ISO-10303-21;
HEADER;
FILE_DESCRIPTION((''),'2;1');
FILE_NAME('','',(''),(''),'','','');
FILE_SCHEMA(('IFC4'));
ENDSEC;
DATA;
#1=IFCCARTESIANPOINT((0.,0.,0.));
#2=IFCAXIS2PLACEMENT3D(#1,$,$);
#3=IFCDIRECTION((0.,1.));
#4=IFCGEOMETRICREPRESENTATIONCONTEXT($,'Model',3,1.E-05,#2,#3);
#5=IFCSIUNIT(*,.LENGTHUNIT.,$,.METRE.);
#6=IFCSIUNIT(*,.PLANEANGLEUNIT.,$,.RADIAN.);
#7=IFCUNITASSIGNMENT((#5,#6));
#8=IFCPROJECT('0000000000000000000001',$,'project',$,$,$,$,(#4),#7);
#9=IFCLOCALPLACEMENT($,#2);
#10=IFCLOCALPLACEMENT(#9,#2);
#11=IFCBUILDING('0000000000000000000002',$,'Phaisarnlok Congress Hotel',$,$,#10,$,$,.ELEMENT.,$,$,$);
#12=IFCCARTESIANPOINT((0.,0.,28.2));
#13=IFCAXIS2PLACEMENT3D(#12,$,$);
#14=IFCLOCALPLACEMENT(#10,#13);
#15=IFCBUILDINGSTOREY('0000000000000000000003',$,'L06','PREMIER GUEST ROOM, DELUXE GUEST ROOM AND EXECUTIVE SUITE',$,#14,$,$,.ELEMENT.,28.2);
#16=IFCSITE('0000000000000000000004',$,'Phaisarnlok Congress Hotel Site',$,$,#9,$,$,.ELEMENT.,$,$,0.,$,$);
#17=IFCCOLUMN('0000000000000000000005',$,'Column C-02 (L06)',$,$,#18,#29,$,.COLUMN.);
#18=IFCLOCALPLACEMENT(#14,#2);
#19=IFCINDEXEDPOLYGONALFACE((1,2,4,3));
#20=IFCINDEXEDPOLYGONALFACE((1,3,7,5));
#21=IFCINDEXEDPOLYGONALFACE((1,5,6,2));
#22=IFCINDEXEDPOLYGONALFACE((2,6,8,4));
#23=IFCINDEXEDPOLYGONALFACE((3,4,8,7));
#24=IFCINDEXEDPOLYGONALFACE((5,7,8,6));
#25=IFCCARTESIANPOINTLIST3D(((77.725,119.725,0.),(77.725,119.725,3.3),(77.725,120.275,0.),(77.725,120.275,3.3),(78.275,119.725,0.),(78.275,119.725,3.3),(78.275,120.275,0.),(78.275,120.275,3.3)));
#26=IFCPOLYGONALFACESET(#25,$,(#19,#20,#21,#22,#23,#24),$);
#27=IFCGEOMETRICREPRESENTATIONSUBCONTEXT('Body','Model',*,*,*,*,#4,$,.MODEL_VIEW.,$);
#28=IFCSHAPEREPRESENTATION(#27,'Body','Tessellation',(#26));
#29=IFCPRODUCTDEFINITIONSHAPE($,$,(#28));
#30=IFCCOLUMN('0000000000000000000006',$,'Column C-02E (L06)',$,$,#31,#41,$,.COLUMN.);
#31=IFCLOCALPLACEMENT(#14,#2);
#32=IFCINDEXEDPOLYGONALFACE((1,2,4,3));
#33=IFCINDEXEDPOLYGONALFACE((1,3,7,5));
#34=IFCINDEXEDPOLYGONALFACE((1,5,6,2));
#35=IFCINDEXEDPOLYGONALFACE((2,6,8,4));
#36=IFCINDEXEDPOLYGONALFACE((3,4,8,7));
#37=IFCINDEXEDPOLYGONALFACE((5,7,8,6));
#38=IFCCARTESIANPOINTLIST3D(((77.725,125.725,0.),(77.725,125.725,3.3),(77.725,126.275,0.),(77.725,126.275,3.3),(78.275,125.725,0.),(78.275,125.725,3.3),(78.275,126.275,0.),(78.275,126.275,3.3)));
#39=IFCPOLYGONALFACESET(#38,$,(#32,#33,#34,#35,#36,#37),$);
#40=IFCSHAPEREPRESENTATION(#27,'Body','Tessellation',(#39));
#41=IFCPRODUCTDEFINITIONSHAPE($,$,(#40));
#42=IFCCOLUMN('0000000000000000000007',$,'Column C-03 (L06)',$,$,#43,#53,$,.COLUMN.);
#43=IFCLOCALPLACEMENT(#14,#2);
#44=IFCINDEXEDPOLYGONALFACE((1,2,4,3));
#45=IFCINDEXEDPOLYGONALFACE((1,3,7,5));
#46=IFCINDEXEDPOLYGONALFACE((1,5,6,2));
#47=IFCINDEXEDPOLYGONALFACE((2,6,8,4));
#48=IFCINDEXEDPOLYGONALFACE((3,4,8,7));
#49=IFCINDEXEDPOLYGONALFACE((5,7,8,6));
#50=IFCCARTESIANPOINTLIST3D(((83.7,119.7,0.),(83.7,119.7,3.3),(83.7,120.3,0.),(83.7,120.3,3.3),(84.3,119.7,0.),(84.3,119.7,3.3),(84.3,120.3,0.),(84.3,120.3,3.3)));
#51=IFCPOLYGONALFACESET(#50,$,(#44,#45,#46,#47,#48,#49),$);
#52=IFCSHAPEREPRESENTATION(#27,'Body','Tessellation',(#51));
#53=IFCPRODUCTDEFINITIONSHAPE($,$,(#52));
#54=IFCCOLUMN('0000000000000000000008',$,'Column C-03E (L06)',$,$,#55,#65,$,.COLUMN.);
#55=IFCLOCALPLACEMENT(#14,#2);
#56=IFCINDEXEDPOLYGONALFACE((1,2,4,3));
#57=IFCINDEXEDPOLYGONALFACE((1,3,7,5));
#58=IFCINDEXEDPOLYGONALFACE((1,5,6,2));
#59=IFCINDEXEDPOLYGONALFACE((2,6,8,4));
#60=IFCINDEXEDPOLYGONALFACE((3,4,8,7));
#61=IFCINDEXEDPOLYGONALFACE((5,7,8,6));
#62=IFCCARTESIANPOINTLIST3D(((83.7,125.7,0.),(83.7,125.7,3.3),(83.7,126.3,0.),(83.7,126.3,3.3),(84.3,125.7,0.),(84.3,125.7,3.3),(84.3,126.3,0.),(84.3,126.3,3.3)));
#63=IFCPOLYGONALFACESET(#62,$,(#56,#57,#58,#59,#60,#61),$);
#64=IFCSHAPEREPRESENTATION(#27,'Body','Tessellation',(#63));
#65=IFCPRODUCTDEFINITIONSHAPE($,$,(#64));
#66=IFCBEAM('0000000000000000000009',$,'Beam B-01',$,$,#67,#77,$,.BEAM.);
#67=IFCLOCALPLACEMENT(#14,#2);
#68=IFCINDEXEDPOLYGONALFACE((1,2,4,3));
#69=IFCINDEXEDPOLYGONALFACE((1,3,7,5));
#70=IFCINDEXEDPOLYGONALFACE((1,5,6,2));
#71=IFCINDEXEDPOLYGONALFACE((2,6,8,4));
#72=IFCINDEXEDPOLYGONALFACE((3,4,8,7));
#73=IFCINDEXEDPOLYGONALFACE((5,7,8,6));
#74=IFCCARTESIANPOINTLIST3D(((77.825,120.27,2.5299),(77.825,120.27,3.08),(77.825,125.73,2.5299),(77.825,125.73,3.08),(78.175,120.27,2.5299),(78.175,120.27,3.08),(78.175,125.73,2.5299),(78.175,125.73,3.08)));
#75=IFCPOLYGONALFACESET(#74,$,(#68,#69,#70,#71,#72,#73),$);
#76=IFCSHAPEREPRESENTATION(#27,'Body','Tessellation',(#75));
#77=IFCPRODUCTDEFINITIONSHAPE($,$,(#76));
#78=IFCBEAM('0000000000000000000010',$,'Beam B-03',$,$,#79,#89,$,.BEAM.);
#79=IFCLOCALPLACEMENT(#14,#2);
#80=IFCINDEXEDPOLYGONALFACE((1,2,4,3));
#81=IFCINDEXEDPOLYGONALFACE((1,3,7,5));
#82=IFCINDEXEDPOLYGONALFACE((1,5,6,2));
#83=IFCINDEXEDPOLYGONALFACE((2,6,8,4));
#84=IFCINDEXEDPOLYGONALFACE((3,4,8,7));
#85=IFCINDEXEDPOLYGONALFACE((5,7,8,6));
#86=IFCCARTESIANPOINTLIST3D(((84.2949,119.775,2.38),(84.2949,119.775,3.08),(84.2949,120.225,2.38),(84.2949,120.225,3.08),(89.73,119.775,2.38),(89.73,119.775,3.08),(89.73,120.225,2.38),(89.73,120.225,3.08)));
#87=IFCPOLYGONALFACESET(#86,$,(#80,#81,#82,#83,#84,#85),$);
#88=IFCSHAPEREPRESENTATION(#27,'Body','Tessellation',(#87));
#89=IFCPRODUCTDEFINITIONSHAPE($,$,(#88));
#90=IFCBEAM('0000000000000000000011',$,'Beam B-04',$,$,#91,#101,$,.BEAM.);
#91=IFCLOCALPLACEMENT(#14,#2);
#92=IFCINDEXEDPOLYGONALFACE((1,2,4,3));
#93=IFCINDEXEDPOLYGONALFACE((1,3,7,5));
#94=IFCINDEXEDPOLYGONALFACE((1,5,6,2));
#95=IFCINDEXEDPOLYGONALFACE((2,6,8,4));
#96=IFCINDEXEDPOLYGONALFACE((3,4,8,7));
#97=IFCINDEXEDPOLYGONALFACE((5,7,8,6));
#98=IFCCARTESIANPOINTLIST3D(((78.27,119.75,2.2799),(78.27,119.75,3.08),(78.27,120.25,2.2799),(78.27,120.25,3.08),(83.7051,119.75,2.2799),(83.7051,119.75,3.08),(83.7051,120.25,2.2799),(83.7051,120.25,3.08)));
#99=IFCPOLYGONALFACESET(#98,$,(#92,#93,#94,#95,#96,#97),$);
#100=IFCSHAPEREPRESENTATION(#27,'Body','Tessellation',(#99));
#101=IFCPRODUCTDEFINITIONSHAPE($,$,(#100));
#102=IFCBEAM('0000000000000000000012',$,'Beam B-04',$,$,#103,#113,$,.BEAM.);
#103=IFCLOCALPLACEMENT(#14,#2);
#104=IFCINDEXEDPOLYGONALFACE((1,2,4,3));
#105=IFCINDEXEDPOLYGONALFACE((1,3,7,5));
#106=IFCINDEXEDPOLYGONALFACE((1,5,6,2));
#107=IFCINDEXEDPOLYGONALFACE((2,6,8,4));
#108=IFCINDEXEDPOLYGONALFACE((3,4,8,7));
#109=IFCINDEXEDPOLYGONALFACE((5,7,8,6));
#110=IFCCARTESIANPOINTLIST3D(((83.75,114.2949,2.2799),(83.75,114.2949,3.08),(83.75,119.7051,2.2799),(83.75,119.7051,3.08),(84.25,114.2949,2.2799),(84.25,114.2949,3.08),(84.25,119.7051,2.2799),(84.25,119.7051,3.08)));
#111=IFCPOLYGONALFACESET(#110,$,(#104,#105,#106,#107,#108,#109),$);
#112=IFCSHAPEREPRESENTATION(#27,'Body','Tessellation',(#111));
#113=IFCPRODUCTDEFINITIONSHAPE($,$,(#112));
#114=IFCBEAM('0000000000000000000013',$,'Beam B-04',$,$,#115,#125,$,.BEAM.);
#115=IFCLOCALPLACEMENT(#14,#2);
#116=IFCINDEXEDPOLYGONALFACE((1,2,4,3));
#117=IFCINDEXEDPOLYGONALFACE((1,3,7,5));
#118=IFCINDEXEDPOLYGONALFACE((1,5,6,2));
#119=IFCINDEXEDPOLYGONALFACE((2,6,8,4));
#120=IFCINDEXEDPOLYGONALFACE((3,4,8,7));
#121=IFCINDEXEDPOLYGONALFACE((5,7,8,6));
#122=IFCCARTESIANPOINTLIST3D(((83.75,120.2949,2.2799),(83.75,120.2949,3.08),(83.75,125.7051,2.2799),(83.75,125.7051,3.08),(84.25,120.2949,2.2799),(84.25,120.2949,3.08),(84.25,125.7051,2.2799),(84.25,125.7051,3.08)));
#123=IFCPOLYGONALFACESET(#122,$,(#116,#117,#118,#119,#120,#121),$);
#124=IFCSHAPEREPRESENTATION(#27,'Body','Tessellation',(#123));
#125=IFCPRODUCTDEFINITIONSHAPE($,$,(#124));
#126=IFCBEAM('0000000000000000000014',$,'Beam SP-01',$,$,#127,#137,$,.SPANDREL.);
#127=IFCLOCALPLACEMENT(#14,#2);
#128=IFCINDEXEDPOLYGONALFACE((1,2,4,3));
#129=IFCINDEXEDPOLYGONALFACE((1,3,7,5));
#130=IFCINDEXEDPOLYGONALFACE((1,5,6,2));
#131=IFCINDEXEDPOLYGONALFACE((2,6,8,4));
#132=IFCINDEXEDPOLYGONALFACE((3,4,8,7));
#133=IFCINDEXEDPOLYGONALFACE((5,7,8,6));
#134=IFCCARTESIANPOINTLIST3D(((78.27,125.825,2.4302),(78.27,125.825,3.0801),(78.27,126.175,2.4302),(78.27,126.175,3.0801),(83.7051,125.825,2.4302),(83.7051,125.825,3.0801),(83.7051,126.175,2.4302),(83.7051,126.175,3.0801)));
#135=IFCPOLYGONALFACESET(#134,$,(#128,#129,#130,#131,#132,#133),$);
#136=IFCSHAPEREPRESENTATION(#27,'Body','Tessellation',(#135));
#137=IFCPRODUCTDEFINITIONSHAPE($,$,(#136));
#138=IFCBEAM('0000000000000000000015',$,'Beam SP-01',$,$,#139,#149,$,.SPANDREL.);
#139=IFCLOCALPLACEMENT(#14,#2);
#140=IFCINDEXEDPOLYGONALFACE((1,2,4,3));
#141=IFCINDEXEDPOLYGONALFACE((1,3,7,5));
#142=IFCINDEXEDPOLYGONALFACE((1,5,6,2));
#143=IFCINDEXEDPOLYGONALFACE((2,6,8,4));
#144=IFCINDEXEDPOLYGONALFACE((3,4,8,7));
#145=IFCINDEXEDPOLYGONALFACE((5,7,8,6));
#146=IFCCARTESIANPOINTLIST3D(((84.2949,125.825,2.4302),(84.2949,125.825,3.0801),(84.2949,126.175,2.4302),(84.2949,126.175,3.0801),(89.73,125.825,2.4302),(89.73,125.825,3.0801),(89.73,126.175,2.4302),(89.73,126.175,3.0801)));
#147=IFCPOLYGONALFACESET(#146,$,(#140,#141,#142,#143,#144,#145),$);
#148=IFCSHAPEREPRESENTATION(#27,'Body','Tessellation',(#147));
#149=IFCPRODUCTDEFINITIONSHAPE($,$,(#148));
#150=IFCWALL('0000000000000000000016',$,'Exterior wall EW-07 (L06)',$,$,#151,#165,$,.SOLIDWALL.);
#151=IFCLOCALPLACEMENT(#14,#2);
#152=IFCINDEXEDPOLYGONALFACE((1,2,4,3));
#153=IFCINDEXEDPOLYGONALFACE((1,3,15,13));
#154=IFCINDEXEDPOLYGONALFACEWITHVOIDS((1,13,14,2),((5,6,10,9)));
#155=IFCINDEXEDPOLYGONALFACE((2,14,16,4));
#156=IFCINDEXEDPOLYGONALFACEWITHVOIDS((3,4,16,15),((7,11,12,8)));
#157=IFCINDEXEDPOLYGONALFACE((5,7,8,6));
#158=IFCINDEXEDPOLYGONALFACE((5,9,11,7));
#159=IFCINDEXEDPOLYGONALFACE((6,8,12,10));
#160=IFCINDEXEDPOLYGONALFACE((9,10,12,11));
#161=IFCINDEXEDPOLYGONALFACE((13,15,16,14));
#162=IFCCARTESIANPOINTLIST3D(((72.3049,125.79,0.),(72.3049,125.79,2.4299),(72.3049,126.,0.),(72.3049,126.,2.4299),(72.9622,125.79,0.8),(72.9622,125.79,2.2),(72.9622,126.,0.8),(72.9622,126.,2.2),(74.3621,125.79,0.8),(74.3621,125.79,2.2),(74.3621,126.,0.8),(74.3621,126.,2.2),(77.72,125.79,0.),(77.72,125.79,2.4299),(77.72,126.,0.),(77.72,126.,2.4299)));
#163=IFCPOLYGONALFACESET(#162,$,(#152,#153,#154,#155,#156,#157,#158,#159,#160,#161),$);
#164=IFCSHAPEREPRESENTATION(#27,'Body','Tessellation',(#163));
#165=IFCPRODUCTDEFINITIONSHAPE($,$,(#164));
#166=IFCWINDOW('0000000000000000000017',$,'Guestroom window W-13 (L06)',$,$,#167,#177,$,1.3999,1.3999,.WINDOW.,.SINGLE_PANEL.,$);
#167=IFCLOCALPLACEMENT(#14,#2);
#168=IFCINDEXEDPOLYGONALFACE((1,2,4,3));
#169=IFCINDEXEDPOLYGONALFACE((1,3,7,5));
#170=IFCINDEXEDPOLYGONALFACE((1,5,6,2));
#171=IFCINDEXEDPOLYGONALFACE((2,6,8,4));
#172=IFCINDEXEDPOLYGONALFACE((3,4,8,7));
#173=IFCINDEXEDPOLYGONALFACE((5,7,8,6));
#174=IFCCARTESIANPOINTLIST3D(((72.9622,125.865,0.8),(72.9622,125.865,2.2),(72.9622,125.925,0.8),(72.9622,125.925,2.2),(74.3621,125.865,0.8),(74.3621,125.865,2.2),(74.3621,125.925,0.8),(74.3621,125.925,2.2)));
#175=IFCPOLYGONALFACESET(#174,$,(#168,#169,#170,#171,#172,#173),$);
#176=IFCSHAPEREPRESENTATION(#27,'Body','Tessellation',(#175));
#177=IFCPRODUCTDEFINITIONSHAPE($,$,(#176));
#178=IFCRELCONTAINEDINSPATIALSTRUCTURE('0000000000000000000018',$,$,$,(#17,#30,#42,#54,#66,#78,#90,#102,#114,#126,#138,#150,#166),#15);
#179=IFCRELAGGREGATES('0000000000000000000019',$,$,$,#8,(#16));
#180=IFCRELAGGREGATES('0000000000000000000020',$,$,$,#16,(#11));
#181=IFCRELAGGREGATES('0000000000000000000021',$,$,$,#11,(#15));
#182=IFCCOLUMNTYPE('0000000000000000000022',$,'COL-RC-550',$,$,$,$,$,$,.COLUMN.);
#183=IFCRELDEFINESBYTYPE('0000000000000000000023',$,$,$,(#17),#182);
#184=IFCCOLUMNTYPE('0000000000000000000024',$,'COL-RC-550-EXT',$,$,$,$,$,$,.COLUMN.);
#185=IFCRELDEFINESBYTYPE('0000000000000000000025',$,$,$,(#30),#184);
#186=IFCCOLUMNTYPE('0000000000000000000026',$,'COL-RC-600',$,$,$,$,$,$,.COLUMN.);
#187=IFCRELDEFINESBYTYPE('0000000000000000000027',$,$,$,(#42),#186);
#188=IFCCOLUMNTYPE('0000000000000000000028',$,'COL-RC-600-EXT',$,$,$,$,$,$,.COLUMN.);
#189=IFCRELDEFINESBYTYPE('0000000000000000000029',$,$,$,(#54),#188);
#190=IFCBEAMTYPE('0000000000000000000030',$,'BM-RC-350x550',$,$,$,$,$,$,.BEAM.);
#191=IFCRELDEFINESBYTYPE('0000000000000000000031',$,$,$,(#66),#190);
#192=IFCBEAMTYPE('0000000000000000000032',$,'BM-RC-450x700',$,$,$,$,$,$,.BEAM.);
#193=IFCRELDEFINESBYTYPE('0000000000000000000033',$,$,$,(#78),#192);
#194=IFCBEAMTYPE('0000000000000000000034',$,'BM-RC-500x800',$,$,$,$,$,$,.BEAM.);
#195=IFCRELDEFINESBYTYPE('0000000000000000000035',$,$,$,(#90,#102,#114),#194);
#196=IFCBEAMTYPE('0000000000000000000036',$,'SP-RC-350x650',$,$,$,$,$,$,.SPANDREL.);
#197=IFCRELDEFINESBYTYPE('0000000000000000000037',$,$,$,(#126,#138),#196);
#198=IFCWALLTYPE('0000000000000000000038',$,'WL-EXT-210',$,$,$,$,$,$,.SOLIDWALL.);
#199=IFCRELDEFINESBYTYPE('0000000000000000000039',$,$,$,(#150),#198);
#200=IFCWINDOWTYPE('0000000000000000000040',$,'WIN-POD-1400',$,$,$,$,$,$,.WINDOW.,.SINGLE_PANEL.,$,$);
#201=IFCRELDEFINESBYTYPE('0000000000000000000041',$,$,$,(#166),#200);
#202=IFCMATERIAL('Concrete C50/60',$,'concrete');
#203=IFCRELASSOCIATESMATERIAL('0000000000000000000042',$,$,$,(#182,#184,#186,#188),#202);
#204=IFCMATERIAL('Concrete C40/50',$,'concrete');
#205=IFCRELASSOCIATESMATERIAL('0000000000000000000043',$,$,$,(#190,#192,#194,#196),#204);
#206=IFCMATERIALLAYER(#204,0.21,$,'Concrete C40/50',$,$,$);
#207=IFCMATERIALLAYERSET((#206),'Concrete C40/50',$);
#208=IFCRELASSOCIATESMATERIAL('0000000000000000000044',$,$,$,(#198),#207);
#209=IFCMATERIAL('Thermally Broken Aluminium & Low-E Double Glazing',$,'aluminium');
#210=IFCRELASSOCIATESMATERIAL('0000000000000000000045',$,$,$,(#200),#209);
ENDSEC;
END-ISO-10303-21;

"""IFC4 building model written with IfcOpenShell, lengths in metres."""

from ifc_helpers import new_model, si_unit, direction, frame, frame_2d, origin, origin_2d, place, context, subcontext, project, spatial, rectangle, extrude, material, layer, layer_set, material_profile, profile_set, type_object, element, fill, save


model = new_model("IFC4")

# Units and contexts
model_context = context("Model", 3, precision=1e-05, world=origin(), true_north=direction((0.0, 1.0)))
body_context = subcontext(model_context, "Body", "Model", "MODEL_VIEW")
ifc_project = project(units=[si_unit("LENGTHUNIT", "METRE"), si_unit("PLANEANGLEUNIT", "RADIAN")], contexts=[model_context])

# Site, building, storey
site_placement = place(None, origin())
site = spatial("IfcSite", under=ifc_project, at=site_placement, Name="Phaisarnlok Congress Hotel Site", CompositionType="ELEMENT", RefElevation=0.0)
building_placement = place(site_placement, origin())
building = spatial("IfcBuilding", under=site, at=building_placement, Name="Phaisarnlok Congress Hotel", CompositionType="ELEMENT")
storey_placement = place(building_placement, frame((0.0, 0.0, 28.2)))
storey = spatial("IfcBuildingStorey", under=building, at=storey_placement, Name="L06", Description="PREMIER GUEST ROOM, DELUXE GUEST ROOM AND EXECUTIVE SUITE", CompositionType="ELEMENT", Elevation=28.2)

# Columns
ifc_material_1 = material(Name="Concrete C50/60", Category="concrete")
ifc_material_profile_1 = material_profile(ifc_material_1, rectangle(XDim=0.55, YDim=0.55, at=origin_2d()), Name="RC 550x550")
ifc_profile_set_1 = profile_set([ifc_material_profile_1], Name="Concrete C50/60")
column_type_1 = type_object("IfcColumnType", Name="COL-RC-550", PredefinedType="COLUMN", material=ifc_profile_set_1)
column_1_placement = place(storey_placement, frame((78.0, 120.0, 0.0), z_axis=(0.0, 0.0, 1.0), x_axis=(1.0, 0.0, 0.0)))
element("IfcColumn", 1, at=column_1_placement, inside=storey, type_object=column_type_1, Name="Column C-02 (L06)", PredefinedType="COLUMN", context=body_context, shape_type="SweptSolid", body=[
    extrude(rectangle(XDim=0.55, YDim=0.55, at=origin_2d()), origin(), (0.0, 0.0, 1.0), 3.3),
])
ifc_material_profile_2 = material_profile(ifc_material_1, rectangle(XDim=0.55, YDim=0.55, at=origin_2d()), Name="RC 550x550")
ifc_profile_set_2 = profile_set([ifc_material_profile_2], Name="Concrete C50/60")
column_type_2 = type_object("IfcColumnType", Name="COL-RC-550-EXT", PredefinedType="COLUMN", material=ifc_profile_set_2)
column_2_placement = place(storey_placement, frame((78.0, 126.0, 0.0), z_axis=(0.0, 0.0, 1.0), x_axis=(1.0, 0.0, 0.0)))
element("IfcColumn", 2, at=column_2_placement, inside=storey, type_object=column_type_2, Name="Column C-02E (L06)", PredefinedType="COLUMN", context=body_context, shape_type="SweptSolid", body=[
    extrude(rectangle(XDim=0.55, YDim=0.55, at=origin_2d()), origin(), (0.0, 0.0, 1.0), 3.3),
])
ifc_material_profile_3 = material_profile(ifc_material_1, rectangle(XDim=0.6001, YDim=0.6001, at=origin_2d()), Name="RC 600x600")
ifc_profile_set_3 = profile_set([ifc_material_profile_3], Name="Concrete C50/60")
column_type_3 = type_object("IfcColumnType", Name="COL-RC-600", PredefinedType="COLUMN", material=ifc_profile_set_3)
column_3_placement = place(storey_placement, frame((84.0, 120.0, 0.0), z_axis=(0.0, 0.0, 1.0), x_axis=(1.0, 0.0, 0.0)))
element("IfcColumn", 3, at=column_3_placement, inside=storey, type_object=column_type_3, Name="Column C-03 (L06)", PredefinedType="COLUMN", context=body_context, shape_type="SweptSolid", body=[
    extrude(rectangle(XDim=0.6001, YDim=0.6001, at=origin_2d()), origin(), (0.0, 0.0, 1.0), 3.3),
])
ifc_material_profile_4 = material_profile(ifc_material_1, rectangle(XDim=0.6001, YDim=0.6001, at=origin_2d()), Name="RC 600x600")
ifc_profile_set_4 = profile_set([ifc_material_profile_4], Name="Concrete C50/60")
column_type_4 = type_object("IfcColumnType", Name="COL-RC-600-EXT", PredefinedType="COLUMN", material=ifc_profile_set_4)
column_4_placement = place(storey_placement, frame((84.0, 126.0, 0.0), z_axis=(0.0, 0.0, 1.0), x_axis=(1.0, 0.0, 0.0)))
element("IfcColumn", 4, at=column_4_placement, inside=storey, type_object=column_type_4, Name="Column C-03E (L06)", PredefinedType="COLUMN", context=body_context, shape_type="SweptSolid", body=[
    extrude(rectangle(XDim=0.6001, YDim=0.6001, at=origin_2d()), origin(), (0.0, 0.0, 1.0), 3.3),
])

# Beams
ifc_material_2 = material(Name="Concrete C40/50", Category="concrete")
ifc_material_profile_5 = material_profile(ifc_material_2, rectangle(XDim=0.3501, YDim=0.55, at=origin_2d()), Name="RC 350x550")
ifc_profile_set_5 = profile_set([ifc_material_profile_5], Name="Concrete C40/50")
beam_type_1 = type_object("IfcBeamType", Name="BM-RC-350x550", PredefinedType="BEAM", material=ifc_profile_set_5)
beam_1_placement = place(storey_placement, frame((78.0, 120.27, 2.8049), z_axis=(0.0, 1.0, 0.0), x_axis=(-1.0, 0.0, 0.0)))
element("IfcBeam", 5, at=beam_1_placement, inside=storey, type_object=beam_type_1, Name="Beam B-01", PredefinedType="BEAM", context=body_context, shape_type="SweptSolid", body=[
    extrude(rectangle(XDim=0.3501, YDim=0.55, at=origin_2d()), origin(), (0.0, 0.0, 1.0), 5.46),
])
ifc_material_profile_6 = material_profile(ifc_material_2, rectangle(XDim=0.45, YDim=0.7, at=origin_2d()), Name="RC 450x700")
ifc_profile_set_6 = profile_set([ifc_material_profile_6], Name="Concrete C40/50")
beam_type_2 = type_object("IfcBeamType", Name="BM-RC-450x700", PredefinedType="BEAM", material=ifc_profile_set_6)
beam_2_placement = place(storey_placement, frame((84.2949, 120.0, 2.73), z_axis=(1.0, 0.0, 0.0), x_axis=(0.0, 1.0, 0.0)))
element("IfcBeam", 6, at=beam_2_placement, inside=storey, type_object=beam_type_2, Name="Beam B-03", PredefinedType="BEAM", context=body_context, shape_type="SweptSolid", body=[
    extrude(rectangle(XDim=0.45, YDim=0.7, at=origin_2d()), origin(), (0.0, 0.0, 1.0), 5.4351),
])
ifc_material_profile_7 = material_profile(ifc_material_2, rectangle(XDim=0.5, YDim=0.8, at=origin_2d()), Name="RC 500x800")
ifc_profile_set_7 = profile_set([ifc_material_profile_7], Name="Concrete C40/50")
beam_type_3 = type_object("IfcBeamType", Name="BM-RC-500x800", PredefinedType="BEAM", material=ifc_profile_set_7)
beam_3_placement = place(storey_placement, frame((78.27, 120.0, 2.6799), z_axis=(1.0, 0.0, 0.0), x_axis=(0.0, 1.0, 0.0)))
element("IfcBeam", 7, at=beam_3_placement, inside=storey, type_object=beam_type_3, Name="Beam B-04", PredefinedType="BEAM", context=body_context, shape_type="SweptSolid", body=[
    extrude(rectangle(XDim=0.5, YDim=0.8, at=origin_2d()), origin(), (0.0, 0.0, 1.0), 5.4351),
])
for number, where, z_axis, x_axis, name in (
    (8, (84.0, 114.2949, 2.6799), (0.0, 1.0, 0.0), (-1.0, 0.0, 0.0), "Beam B-04"),
    (9, (84.0, 120.2949, 2.6799), (0.0, 1.0, 0.0), (-1.0, 0.0, 0.0), "Beam B-04"),
):
    element("IfcBeam", number, at=place(storey_placement, frame(where, z_axis=z_axis, x_axis=x_axis)), inside=storey, type_object=beam_type_3, Name=name, PredefinedType="BEAM", context=body_context, shape_type="SweptSolid", body=[
        extrude(rectangle(XDim=0.5, YDim=0.8, at=origin_2d()), origin(), (0.0, 0.0, 1.0), 5.4102),
    ])
ifc_material_profile_8 = material_profile(ifc_material_2, rectangle(XDim=0.3501, YDim=0.6499, at=origin_2d()), Name="RC 350x650")
ifc_profile_set_8 = profile_set([ifc_material_profile_8], Name="Concrete C40/50")
beam_type_4 = type_object("IfcBeamType", Name="SP-RC-350x650", PredefinedType="SPANDREL", material=ifc_profile_set_8)
for number, where, z_axis, x_axis, name in (
    (10, (78.27, 126.0, 2.7551), (1.0, 0.0, 0.0), (0.0, 1.0, 0.0), "Beam SP-01"),
    (11, (84.2949, 126.0, 2.7551), (1.0, 0.0, 0.0), (0.0, 1.0, 0.0), "Beam SP-01"),
):
    element("IfcBeam", number, at=place(storey_placement, frame(where, z_axis=z_axis, x_axis=x_axis)), inside=storey, type_object=beam_type_4, Name=name, PredefinedType="SPANDREL", context=body_context, shape_type="SweptSolid", body=[
        extrude(rectangle(XDim=0.3501, YDim=0.6499, at=origin_2d()), origin(), (0.0, 0.0, 1.0), 5.4351),
    ])

# Wall, opening, window
ifc_layer_1 = layer(ifc_material_2, 0.21, Name="Concrete C40/50")
ifc_layer_set_1 = layer_set([ifc_layer_1], Name="Concrete C40/50")
wall_type_1 = type_object("IfcWallType", Name="WL-EXT-210", PredefinedType="SOLIDWALL", material=ifc_layer_set_1)
wall_1_placement = place(storey_placement, frame((77.72, 125.895, 0.0), z_axis=(0.0, 0.0, 1.0), x_axis=(-1.0, 0.0, 0.0)))
wall_1 = element("IfcWall", 12, at=wall_1_placement, inside=storey, type_object=wall_type_1, Name="Exterior wall EW-07 (L06)", PredefinedType="SOLIDWALL", context=body_context, shape_type="SweptSolid", body=[
    extrude(rectangle(XDim=5.415, YDim=0.21, at=frame_2d((2.7075, 0.0))), origin(), (0.0, 0.0, 1.0), 2.4299),
])
opening_1_placement = place(wall_1_placement, frame((3.3579, 0.0, 0.8)))
opening_1 = element("IfcOpeningElement", 13, at=opening_1_placement, cuts=wall_1, PredefinedType="OPENING", context=body_context, shape_type="SweptSolid", body=[
    extrude(rectangle(XDim=1.3999, YDim=1.3999, at=frame_2d((0.7, 0.7))), frame((0.0, 0.115, 0.0), z_axis=(0.0, -1.0, 0.0), x_axis=(1.0, 0.0, 0.0)), (0.0, 0.0, 1.0), 0.23),
])
ifc_material_3 = material(Name="Thermally Broken Aluminium & Low-E Double Glazing", Category="aluminium")
window_type = type_object("IfcWindowType", Name="WIN-POD-1400", PartitioningType="SINGLE_PANEL", PredefinedType="WINDOW", material=ifc_material_3)
window_1_placement = place(opening_1_placement, origin())
window_1 = element("IfcWindow", 14, at=window_1_placement, inside=storey, type_object=window_type, Name="Guestroom window W-13 (L06)", OverallHeight=1.3999, OverallWidth=1.3999, PartitioningType="SINGLE_PANEL", PredefinedType="WINDOW", context=body_context, shape_type="SweptSolid", body=[
    extrude(rectangle(XDim=1.3999, YDim=1.3999, at=frame_2d((0.7, 0.7))), frame((0.0, 0.03, 0.0), z_axis=(0.0, -1.0, 0.0), x_axis=(1.0, 0.0, 0.0)), (0.0, 0.0, 1.0), 0.0601),
])
fill(opening_1, window_1)

save(model, "model.ifc")
